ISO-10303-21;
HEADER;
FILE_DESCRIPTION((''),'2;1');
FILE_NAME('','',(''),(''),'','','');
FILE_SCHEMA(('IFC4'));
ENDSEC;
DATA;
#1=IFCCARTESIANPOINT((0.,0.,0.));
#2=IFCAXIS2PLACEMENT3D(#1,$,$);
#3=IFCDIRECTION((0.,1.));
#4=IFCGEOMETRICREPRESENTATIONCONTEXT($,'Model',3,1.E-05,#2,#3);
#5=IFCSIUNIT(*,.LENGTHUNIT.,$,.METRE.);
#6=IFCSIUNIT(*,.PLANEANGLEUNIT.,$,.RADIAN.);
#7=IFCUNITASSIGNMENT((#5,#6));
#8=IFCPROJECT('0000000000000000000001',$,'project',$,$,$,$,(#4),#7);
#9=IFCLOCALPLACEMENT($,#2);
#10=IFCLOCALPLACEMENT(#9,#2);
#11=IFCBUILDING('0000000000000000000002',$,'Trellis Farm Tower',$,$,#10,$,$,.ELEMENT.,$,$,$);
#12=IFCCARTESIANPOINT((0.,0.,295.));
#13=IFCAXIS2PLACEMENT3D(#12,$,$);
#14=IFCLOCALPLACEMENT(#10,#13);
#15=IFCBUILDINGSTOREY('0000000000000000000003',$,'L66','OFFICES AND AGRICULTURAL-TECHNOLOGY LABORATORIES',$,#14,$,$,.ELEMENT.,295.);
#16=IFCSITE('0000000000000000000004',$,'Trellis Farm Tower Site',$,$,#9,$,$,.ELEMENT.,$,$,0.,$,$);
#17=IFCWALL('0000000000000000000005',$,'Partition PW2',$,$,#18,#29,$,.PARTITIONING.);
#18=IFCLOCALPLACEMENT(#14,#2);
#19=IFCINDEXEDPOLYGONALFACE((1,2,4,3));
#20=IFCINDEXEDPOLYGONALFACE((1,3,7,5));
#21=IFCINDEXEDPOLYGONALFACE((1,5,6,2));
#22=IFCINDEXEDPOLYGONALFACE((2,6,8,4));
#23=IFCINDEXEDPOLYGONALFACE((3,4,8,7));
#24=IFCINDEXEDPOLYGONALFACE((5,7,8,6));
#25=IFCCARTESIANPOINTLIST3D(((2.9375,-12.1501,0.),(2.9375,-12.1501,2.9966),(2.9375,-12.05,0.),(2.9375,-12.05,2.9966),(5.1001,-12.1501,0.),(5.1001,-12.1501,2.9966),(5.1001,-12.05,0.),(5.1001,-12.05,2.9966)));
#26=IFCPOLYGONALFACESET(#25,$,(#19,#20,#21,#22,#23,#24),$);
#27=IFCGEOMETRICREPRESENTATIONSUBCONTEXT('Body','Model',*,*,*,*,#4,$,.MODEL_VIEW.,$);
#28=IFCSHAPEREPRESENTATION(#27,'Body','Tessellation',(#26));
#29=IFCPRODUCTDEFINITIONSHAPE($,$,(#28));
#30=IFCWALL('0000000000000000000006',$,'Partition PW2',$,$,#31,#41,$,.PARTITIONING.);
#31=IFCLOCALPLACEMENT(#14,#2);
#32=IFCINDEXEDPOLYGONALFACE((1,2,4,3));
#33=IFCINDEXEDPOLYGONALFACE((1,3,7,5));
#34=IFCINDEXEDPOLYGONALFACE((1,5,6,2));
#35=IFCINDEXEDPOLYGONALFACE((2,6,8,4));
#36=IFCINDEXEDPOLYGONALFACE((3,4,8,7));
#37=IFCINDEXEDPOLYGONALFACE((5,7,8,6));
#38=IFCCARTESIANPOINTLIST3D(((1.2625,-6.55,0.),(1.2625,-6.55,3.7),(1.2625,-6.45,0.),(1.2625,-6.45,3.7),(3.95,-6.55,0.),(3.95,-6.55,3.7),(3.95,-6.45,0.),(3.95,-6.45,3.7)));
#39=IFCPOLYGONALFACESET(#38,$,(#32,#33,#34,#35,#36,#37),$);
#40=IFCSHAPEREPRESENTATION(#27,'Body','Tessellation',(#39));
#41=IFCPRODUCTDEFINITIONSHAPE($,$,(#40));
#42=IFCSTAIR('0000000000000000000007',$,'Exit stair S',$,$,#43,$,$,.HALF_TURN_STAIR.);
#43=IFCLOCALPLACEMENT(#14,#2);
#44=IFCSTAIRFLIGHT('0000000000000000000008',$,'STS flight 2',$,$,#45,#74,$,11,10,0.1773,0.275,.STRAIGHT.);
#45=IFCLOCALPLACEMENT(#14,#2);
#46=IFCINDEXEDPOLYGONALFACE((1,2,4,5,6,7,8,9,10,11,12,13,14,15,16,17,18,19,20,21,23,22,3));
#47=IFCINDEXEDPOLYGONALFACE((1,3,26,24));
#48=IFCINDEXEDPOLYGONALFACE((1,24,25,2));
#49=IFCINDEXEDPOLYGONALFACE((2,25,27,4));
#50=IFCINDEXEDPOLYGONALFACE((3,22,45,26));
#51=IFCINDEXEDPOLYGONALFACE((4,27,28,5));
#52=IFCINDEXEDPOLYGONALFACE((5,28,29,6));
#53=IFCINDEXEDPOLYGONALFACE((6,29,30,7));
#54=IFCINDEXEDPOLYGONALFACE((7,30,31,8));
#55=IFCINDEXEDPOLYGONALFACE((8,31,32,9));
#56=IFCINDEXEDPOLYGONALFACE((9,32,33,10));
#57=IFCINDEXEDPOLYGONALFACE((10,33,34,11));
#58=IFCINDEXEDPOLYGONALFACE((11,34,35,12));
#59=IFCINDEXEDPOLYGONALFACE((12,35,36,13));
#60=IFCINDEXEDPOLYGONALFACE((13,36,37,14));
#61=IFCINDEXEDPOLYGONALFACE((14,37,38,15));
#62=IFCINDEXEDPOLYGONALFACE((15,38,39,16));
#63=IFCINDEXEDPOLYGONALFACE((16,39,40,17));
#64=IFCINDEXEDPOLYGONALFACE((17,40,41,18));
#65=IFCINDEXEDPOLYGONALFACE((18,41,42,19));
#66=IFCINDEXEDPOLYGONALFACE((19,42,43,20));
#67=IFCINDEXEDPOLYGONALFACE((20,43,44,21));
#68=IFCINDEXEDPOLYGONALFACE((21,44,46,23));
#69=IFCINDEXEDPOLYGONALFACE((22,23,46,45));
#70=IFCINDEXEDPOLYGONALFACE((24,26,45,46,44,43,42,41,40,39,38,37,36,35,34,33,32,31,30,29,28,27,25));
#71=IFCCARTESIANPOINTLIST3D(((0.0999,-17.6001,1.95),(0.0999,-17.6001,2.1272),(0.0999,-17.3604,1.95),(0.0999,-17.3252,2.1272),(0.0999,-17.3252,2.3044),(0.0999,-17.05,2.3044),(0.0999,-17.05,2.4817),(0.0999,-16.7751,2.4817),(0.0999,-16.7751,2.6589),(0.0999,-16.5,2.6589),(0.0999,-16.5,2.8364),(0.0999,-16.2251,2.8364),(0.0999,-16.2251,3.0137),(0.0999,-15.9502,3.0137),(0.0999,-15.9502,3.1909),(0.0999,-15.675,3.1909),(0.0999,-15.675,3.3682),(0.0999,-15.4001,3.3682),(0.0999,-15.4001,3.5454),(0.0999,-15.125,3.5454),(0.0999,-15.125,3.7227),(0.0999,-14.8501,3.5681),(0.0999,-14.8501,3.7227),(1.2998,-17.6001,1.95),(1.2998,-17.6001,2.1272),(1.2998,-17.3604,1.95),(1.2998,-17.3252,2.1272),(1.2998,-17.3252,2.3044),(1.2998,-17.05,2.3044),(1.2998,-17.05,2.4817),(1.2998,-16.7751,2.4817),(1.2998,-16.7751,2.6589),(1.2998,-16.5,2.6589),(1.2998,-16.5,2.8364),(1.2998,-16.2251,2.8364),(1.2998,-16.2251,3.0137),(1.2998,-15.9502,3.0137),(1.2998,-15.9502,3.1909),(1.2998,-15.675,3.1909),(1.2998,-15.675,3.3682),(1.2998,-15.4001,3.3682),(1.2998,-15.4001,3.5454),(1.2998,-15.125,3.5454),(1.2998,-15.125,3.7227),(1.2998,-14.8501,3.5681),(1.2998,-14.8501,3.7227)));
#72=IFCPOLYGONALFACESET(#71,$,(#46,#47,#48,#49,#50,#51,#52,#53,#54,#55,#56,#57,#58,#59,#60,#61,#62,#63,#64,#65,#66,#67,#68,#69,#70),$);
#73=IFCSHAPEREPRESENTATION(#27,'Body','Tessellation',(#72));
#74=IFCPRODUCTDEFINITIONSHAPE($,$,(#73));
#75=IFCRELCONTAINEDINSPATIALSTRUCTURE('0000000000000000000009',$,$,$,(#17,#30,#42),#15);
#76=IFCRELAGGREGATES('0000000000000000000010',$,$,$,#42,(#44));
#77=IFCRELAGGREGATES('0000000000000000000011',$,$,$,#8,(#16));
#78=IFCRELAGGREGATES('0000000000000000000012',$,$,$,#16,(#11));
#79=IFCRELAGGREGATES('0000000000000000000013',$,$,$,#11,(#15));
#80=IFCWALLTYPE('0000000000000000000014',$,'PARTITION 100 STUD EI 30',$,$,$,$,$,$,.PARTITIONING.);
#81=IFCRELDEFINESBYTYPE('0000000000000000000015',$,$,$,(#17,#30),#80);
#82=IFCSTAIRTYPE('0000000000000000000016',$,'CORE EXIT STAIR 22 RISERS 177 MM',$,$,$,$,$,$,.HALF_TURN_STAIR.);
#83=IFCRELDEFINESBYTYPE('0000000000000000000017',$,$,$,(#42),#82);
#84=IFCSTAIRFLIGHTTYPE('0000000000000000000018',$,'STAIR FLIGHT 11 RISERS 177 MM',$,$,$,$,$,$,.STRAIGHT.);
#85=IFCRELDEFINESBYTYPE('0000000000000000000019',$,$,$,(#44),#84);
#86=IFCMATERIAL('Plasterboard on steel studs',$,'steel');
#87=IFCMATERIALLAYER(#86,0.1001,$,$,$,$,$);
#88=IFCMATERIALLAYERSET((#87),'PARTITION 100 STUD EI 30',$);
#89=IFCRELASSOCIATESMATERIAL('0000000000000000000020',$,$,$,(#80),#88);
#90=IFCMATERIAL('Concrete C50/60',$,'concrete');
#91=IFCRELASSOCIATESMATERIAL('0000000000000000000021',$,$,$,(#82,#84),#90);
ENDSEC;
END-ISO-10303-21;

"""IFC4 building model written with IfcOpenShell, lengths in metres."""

from ifc_helpers import new_model, si_unit, direction, frame, frame_2d, origin, place, context, subcontext, project, spatial, polyline, rectangle, outline, extrude, source, transform, mapped, material, layer, layer_set, type_object, element, aggregate, save


model = new_model("IFC4")

# Units and contexts
model_context = context("Model", 3, precision=1e-05, world=origin(), true_north=direction((0.0, 1.0)))
body_context = subcontext(model_context, "Body", "Model", "MODEL_VIEW")
ifc_project = project(units=[si_unit("LENGTHUNIT", "METRE"), si_unit("PLANEANGLEUNIT", "RADIAN")], contexts=[model_context])

# Site, building, storey
site_placement = place(None, origin())
site = spatial("IfcSite", under=ifc_project, at=site_placement, Name="Trellis Farm Tower Site", CompositionType="ELEMENT", RefElevation=0.0)
building_placement = place(site_placement, origin())
building = spatial("IfcBuilding", under=site, at=building_placement, Name="Trellis Farm Tower", CompositionType="ELEMENT")
storey_placement = place(building_placement, frame((0.0, 0.0, 295.0)))
storey = spatial("IfcBuildingStorey", under=building, at=storey_placement, Name="L66", Description="OFFICES AND AGRICULTURAL-TECHNOLOGY LABORATORIES", CompositionType="ELEMENT", Elevation=295.0)

# Shared definitions
placement = place(storey_placement, origin())

# Shared definitions
ifc_material_1 = material(Name="Concrete C50/60", Category="concrete")

# Shared definitions
ifc_material_2 = material(Name="Plasterboard on steel studs", Category="steel")
ifc_layer_1 = layer(ifc_material_2, 0.1001)
ifc_layer_set_1 = layer_set([ifc_layer_1], Name="PARTITION 100 STUD EI 30")
wall_type_1 = type_object("IfcWallType", Name="PARTITION 100 STUD EI 30", PredefinedType="PARTITIONING", material=ifc_layer_set_1)

# Walls
shared_shape_1 = source(origin(), body_context, "Body", "SweptSolid", [
    extrude(rectangle(XDim=2.1626, YDim=0.1001, at=frame_2d((1.0813, 0.0))), origin(), (0.0, 0.0, 1.0), 2.9966),
])
wall_1_placement = place(storey_placement, frame((2.9375, -12.1001, 0.0), z_axis=(0.0, 0.0, 1.0), x_axis=(1.0, 0.0, 0.0)))
element("IfcWall", 1, at=wall_1_placement, inside=storey, type_object=wall_type_1, Name="Partition PW2", PredefinedType="PARTITIONING", context=body_context, shape_type="MappedRepresentation", body=[
    mapped(shared_shape_1, transform((0.0, 0.0, 0.0))),
])
shared_shape_2 = source(origin(), body_context, "Body", "SweptSolid", [
    extrude(rectangle(XDim=2.6875, YDim=0.1001, at=frame_2d((1.3438, 0.0))), origin(), (0.0, 0.0, 1.0), 3.7),
])
wall_2_placement = place(storey_placement, frame((1.2625, -6.5, 0.0), z_axis=(0.0, 0.0, 1.0), x_axis=(1.0, 0.0, 0.0)))
element("IfcWall", 2, at=wall_2_placement, inside=storey, type_object=wall_type_1, Name="Partition PW2", PredefinedType="PARTITIONING", context=body_context, shape_type="MappedRepresentation", body=[
    mapped(shared_shape_2, transform((0.0, 0.0, 0.0))),
])

# Stair, stair flight
stair_type = type_object("IfcStairType", Name="CORE EXIT STAIR 22 RISERS 177 MM", PredefinedType="HALF_TURN_STAIR", material=ifc_material_1)
stair = element("IfcStair", 3, at=placement, inside=storey, type_object=stair_type, Name="Exit stair S", PredefinedType="HALF_TURN_STAIR")
stair_flight_type = type_object("IfcStairFlightType", Name="STAIR FLIGHT 11 RISERS 177 MM", PredefinedType="STRAIGHT", material=ifc_material_1)
shared_shape_3 = source(origin(), body_context, "Body", "SweptSolid", [
    extrude(outline(polyline([(0.0, 0.0), (0.0, 0.1772), (0.2749, 0.1772), (0.2749, 0.3545), (0.55, 0.3545), (0.55, 0.5317), (0.825, 0.5317), (0.825, 0.709), (1.1001, 0.709), (1.1001, 0.8865), (1.375, 0.8865), (1.375, 1.0637), (1.6499, 1.0637), (1.6499, 1.241), (1.925, 1.241), (1.925, 1.4182), (2.2, 1.4182), (2.2, 1.5955), (2.4751, 1.5955), (2.4751, 1.7727), (2.75, 1.7727), (2.75, 1.95), (2.75, 1.6182), (0.2397, 0.0), (0.0, 0.0)])), frame((0.0, 0.6001, 0.0), z_axis=(0.0, -1.0, 0.0), x_axis=(1.0, 0.0, 0.0)), (0.0, 0.0, 1.0), 1.2),
])
stair_flight_placement = place(storey_placement, frame((0.7, -17.6001, 1.95), z_axis=(0.0, 0.0, 1.0), x_axis=(0.0, 1.0, 0.0)))
stair_flight = element("IfcStairFlight", 4, at=stair_flight_placement, type_object=stair_flight_type, Name="STS flight 2", NumberOfRisers=11, NumberOfTreads=10, PredefinedType="STRAIGHT", RiserHeight=0.1773, TreadLength=0.275, context=body_context, shape_type="MappedRepresentation", body=[
    mapped(shared_shape_3, transform((0.0, 0.0, 0.0))),
])
aggregate(stair, [stair_flight])

save(model, "model.ifc")
